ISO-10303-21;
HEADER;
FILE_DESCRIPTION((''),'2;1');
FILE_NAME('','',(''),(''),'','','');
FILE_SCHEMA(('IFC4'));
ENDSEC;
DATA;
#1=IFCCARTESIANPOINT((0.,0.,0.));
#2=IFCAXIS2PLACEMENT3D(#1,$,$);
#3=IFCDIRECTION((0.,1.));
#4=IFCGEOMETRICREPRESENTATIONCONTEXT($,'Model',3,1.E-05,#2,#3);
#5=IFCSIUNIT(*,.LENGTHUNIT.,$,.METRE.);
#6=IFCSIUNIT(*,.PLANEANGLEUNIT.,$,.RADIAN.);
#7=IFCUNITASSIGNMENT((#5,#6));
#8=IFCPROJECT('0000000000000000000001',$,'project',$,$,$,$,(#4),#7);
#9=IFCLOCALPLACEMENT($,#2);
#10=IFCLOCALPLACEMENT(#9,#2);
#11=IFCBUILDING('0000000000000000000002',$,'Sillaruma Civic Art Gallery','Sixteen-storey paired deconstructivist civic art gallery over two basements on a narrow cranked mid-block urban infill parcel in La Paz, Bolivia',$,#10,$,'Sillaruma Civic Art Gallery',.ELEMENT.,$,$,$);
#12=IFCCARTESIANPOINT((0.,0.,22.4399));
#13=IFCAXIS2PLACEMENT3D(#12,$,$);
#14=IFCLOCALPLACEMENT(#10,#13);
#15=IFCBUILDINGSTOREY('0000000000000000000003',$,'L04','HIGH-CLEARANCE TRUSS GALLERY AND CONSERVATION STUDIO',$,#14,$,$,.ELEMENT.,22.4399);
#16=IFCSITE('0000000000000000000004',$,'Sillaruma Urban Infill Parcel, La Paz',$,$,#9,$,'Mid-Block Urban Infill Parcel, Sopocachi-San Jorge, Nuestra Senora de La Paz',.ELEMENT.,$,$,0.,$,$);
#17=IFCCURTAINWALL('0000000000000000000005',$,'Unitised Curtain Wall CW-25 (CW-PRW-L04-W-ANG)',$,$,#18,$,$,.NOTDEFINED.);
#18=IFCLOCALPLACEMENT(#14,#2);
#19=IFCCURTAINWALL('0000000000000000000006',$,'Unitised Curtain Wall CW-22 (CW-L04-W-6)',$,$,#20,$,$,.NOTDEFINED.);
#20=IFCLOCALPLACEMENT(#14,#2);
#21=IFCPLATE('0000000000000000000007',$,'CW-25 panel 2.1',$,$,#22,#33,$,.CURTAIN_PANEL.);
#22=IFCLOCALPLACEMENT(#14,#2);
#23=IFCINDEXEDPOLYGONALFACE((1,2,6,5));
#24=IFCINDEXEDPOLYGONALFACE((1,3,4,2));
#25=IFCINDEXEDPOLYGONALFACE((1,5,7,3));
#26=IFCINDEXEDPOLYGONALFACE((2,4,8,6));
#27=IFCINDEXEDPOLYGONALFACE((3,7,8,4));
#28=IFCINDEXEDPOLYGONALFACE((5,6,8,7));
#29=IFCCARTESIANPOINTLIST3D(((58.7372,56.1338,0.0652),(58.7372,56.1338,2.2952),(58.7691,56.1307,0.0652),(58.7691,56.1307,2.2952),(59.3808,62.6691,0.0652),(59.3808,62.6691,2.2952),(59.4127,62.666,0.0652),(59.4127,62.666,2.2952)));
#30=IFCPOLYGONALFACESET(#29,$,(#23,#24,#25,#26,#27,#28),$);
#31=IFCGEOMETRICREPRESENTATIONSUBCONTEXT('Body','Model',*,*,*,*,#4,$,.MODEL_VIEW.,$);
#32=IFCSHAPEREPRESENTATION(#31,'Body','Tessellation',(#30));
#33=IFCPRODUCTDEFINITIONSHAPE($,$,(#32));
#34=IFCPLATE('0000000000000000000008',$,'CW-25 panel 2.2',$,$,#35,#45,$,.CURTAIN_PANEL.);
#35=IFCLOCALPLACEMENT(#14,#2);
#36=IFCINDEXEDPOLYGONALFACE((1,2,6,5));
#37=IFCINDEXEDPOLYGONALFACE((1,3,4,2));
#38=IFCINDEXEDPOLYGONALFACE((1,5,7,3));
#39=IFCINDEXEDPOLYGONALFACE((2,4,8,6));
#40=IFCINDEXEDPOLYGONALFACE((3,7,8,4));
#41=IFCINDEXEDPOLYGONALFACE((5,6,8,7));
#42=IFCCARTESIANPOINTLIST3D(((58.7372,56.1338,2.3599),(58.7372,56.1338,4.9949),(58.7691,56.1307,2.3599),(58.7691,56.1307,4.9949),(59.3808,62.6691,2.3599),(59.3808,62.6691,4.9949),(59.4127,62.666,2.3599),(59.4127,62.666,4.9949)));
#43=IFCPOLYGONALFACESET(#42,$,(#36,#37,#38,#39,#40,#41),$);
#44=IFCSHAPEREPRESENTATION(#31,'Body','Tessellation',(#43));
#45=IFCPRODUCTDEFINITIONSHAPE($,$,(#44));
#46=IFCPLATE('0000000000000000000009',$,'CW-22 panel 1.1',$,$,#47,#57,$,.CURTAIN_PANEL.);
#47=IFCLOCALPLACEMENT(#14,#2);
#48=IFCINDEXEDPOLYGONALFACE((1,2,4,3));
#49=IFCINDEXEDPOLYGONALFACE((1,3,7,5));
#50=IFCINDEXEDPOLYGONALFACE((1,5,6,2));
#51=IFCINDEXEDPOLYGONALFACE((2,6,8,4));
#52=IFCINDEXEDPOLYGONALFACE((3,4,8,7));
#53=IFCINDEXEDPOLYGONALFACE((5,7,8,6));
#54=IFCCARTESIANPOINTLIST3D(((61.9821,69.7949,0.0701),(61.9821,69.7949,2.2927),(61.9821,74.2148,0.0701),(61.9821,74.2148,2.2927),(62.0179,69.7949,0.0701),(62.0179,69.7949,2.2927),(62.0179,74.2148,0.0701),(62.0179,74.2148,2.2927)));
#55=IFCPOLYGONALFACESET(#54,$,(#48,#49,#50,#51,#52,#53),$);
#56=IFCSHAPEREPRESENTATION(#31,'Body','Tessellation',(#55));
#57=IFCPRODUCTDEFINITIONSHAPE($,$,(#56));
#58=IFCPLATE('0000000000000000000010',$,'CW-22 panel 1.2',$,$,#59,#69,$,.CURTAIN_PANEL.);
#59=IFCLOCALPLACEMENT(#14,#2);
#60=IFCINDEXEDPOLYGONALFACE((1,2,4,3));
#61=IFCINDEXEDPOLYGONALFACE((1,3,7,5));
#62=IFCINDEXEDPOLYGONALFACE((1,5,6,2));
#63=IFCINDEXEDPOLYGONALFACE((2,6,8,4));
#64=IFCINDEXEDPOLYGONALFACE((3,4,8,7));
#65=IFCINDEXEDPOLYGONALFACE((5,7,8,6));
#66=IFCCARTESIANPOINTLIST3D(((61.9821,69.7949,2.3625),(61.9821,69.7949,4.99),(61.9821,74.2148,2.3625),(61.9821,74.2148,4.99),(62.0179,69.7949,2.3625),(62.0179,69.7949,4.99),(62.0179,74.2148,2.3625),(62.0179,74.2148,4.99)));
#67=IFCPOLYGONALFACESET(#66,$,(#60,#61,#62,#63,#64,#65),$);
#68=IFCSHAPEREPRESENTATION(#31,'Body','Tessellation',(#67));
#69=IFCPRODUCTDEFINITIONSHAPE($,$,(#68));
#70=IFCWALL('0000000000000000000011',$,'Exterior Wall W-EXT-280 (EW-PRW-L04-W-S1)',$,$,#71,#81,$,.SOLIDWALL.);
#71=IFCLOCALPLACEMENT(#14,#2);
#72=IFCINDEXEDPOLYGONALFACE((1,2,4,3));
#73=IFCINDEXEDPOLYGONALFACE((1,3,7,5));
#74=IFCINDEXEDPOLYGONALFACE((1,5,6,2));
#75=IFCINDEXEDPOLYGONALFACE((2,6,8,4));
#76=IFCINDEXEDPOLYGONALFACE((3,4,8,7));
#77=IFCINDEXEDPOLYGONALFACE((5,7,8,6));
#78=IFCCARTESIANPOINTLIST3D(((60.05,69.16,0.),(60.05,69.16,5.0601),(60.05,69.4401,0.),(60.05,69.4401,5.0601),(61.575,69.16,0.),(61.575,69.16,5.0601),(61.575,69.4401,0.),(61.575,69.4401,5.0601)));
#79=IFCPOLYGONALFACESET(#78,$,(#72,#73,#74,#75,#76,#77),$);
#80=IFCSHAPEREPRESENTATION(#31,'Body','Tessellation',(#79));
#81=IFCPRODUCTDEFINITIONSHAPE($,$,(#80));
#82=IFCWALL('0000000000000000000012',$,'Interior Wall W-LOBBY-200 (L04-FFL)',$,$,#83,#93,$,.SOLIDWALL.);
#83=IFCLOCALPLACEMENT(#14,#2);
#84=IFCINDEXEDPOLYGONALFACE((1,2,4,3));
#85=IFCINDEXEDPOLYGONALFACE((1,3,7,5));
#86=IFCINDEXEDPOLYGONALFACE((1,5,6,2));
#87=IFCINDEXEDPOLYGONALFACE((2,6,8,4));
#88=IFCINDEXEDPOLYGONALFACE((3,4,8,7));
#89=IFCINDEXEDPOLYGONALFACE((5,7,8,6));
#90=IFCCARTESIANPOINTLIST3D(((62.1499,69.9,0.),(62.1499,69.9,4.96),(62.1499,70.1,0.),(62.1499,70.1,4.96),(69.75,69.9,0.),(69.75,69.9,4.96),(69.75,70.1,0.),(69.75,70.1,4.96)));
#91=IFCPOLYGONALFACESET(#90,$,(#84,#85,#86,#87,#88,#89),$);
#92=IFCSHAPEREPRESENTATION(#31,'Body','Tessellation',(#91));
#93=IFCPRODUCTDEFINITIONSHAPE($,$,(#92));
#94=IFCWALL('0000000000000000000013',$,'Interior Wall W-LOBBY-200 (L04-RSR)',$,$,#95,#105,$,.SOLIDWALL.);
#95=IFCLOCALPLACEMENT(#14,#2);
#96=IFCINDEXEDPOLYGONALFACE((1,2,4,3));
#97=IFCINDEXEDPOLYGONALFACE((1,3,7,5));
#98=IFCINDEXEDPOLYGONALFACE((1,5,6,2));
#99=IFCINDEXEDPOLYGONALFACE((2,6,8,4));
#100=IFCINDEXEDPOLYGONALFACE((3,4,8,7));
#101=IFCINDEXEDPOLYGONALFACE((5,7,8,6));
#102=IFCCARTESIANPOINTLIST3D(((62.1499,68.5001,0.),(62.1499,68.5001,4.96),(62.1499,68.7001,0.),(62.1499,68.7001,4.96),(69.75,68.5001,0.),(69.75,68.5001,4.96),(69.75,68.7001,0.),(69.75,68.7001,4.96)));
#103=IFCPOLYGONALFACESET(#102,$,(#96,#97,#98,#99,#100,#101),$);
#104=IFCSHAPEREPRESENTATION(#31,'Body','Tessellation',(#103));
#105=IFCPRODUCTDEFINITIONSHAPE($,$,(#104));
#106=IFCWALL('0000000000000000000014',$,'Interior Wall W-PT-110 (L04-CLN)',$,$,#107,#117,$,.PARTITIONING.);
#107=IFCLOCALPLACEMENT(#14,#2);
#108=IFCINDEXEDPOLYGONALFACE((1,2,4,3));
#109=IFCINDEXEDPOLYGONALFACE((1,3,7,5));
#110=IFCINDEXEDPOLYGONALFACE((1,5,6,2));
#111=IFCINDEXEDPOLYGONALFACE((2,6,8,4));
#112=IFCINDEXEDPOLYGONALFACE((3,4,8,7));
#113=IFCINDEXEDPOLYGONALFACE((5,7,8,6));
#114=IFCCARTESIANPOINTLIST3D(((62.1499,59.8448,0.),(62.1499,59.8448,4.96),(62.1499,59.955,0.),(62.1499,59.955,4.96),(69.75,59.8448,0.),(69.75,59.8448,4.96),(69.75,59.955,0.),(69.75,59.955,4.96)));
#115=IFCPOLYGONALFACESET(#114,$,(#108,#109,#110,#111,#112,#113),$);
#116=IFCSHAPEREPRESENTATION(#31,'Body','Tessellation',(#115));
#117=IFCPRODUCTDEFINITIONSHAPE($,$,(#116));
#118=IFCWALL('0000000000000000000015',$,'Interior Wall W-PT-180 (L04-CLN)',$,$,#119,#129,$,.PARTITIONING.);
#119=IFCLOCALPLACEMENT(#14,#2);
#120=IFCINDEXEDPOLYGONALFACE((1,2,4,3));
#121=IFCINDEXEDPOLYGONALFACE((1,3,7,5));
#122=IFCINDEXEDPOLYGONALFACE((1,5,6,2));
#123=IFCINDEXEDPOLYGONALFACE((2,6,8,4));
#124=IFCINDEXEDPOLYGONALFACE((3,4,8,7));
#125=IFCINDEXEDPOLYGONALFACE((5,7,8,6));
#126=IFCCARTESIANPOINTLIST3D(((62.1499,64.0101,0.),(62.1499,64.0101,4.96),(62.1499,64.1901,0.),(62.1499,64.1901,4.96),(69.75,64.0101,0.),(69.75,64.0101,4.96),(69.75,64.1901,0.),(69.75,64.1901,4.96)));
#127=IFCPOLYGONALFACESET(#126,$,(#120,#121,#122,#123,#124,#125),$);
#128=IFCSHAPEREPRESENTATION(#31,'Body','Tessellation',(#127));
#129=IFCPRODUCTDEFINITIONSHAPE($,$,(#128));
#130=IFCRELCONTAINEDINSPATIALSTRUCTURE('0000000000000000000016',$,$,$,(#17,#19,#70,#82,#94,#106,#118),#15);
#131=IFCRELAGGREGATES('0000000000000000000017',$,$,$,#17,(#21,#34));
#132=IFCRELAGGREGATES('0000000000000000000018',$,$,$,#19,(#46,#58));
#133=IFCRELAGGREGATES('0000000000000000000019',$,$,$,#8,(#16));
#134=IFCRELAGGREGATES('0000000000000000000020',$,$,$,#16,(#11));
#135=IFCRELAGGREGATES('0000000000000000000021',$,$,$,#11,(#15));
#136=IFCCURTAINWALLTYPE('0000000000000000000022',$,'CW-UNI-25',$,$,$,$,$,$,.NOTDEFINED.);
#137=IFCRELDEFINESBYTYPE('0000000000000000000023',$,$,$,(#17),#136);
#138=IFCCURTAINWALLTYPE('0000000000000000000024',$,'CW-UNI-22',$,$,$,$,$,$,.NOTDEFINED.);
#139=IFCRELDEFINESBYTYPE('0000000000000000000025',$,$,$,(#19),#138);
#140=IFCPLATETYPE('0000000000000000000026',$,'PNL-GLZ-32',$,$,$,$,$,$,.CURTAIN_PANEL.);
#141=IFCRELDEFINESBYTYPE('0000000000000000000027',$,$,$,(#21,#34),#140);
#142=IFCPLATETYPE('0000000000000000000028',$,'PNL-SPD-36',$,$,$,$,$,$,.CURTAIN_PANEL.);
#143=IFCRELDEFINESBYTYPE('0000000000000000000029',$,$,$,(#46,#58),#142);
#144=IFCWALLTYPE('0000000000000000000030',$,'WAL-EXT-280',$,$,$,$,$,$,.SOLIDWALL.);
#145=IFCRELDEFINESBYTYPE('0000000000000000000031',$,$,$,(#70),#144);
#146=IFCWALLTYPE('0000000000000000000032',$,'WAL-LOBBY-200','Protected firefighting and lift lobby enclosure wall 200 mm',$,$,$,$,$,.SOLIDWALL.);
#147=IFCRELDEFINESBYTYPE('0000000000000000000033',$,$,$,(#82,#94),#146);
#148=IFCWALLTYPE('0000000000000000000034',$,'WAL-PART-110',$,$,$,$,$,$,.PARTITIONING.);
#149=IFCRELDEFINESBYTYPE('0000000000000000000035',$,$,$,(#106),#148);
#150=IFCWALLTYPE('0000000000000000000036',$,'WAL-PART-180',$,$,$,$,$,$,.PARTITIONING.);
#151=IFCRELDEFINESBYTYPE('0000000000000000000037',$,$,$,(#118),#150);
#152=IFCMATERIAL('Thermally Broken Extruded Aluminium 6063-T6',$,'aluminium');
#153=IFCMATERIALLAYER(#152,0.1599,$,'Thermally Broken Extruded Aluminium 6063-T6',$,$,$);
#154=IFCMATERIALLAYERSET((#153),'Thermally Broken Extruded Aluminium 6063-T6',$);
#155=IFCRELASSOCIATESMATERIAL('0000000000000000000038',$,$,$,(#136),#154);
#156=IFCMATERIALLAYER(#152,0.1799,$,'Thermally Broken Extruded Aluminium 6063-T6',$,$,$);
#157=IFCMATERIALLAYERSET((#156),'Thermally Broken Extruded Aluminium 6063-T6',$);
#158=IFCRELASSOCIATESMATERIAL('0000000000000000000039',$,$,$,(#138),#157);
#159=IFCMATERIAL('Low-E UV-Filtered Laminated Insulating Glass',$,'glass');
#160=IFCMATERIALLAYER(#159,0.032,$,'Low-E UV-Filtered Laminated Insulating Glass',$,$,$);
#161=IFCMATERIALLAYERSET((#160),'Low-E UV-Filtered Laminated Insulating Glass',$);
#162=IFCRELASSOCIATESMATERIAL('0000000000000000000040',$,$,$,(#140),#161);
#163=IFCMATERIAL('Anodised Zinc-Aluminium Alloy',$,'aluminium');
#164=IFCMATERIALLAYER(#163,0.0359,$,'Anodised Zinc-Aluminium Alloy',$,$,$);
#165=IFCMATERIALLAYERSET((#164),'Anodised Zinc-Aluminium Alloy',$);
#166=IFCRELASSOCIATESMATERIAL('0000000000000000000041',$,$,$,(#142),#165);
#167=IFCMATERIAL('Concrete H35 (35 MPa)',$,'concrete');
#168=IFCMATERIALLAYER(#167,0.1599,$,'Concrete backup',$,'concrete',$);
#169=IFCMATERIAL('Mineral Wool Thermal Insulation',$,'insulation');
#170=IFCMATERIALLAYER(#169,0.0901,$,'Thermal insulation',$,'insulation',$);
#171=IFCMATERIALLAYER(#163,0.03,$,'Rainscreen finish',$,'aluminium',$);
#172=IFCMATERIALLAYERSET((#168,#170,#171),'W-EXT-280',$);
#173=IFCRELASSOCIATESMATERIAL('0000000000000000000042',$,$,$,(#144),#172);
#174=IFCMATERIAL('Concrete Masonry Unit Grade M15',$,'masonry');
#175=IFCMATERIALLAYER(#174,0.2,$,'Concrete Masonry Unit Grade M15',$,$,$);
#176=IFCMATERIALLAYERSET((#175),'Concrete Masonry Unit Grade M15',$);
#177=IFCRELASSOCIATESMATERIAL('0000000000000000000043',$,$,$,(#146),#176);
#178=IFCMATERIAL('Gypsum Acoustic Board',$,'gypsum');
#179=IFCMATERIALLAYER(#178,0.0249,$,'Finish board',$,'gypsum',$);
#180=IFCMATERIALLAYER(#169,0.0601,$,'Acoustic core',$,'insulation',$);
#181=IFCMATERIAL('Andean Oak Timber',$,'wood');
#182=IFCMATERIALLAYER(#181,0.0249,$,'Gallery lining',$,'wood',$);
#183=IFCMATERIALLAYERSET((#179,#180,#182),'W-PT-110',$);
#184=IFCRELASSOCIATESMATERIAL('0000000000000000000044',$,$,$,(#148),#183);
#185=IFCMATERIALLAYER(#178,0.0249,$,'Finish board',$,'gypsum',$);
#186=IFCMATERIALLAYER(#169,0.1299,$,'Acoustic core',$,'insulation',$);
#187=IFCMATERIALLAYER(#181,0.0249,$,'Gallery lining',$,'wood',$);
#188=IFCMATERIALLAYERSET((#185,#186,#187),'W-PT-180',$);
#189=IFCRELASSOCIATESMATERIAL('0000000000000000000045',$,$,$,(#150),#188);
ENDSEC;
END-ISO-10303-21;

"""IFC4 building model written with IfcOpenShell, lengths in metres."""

from ifc_helpers import new_model, si_unit, direction, frame, frame_2d, origin, origin_2d, place, context, subcontext, project, spatial, rectangle, extrude, material, layer, layer_set, type_object, element, aggregate, save


model = new_model("IFC4")

# Units and contexts
model_context = context("Model", 3, precision=1e-05, world=origin(), true_north=direction((0.0, 1.0)))
body_context = subcontext(model_context, "Body", "Model", "MODEL_VIEW")
ifc_project = project(units=[si_unit("LENGTHUNIT", "METRE"), si_unit("PLANEANGLEUNIT", "RADIAN")], contexts=[model_context])

# Site, building, storey
site_placement = place(None, origin())
site = spatial("IfcSite", under=ifc_project, at=site_placement, Name="Sillaruma Urban Infill Parcel, La Paz", LongName="Mid-Block Urban Infill Parcel, Sopocachi-San Jorge, Nuestra Senora de La Paz", CompositionType="ELEMENT", RefElevation=0.0)
building_placement = place(site_placement, origin())
building = spatial("IfcBuilding", under=site, at=building_placement, Name="Sillaruma Civic Art Gallery", Description="Sixteen-storey paired deconstructivist civic art gallery over two basements on a narrow cranked mid-block urban infill parcel in La Paz, Bolivia", LongName="Sillaruma Civic Art Gallery", CompositionType="ELEMENT")
storey_placement = place(building_placement, frame((0.0, 0.0, 22.4399)))
storey = spatial("IfcBuildingStorey", under=building, at=storey_placement, Name="L04", Description="HIGH-CLEARANCE TRUSS GALLERY AND CONSERVATION STUDIO", CompositionType="ELEMENT", Elevation=22.4399)

# Shared definitions
ifc_material_1 = material(Name="Concrete H35 (35 MPa)", Category="concrete")

# Curtain walls
ifc_material_2 = material(Name="Thermally Broken Extruded Aluminium 6063-T6", Category="aluminium")
ifc_layer_1 = layer(ifc_material_2, 0.1599, Name="Thermally Broken Extruded Aluminium 6063-T6")
ifc_layer_set_1 = layer_set([ifc_layer_1], Name="Thermally Broken Extruded Aluminium 6063-T6")
curtain_wall_type_1 = type_object("IfcCurtainWallType", Name="CW-UNI-25", PredefinedType="NOTDEFINED", material=ifc_layer_set_1)
curtain_wall_1_placement = place(storey_placement, origin())
curtain_wall_1 = element("IfcCurtainWall", 1, at=curtain_wall_1_placement, inside=storey, type_object=curtain_wall_type_1, Name="Unitised Curtain Wall CW-25 (CW-PRW-L04-W-ANG)", PredefinedType="NOTDEFINED")
ifc_layer_2 = layer(ifc_material_2, 0.1799, Name="Thermally Broken Extruded Aluminium 6063-T6")
ifc_layer_set_2 = layer_set([ifc_layer_2], Name="Thermally Broken Extruded Aluminium 6063-T6")
curtain_wall_type_2 = type_object("IfcCurtainWallType", Name="CW-UNI-22", PredefinedType="NOTDEFINED", material=ifc_layer_set_2)
curtain_wall_2_placement = place(storey_placement, origin())
curtain_wall_2 = element("IfcCurtainWall", 2, at=curtain_wall_2_placement, inside=storey, type_object=curtain_wall_type_2, Name="Unitised Curtain Wall CW-22 (CW-L04-W-6)", PredefinedType="NOTDEFINED")

# Shared definitions
ifc_material_3 = material(Name="Anodised Zinc-Aluminium Alloy", Category="aluminium")

# Plates
ifc_material_4 = material(Name="Low-E UV-Filtered Laminated Insulating Glass", Category="glass")
ifc_layer_3 = layer(ifc_material_4, 0.032, Name="Low-E UV-Filtered Laminated Insulating Glass")
ifc_layer_set_3 = layer_set([ifc_layer_3], Name="Low-E UV-Filtered Laminated Insulating Glass")
plate_type_1 = type_object("IfcPlateType", Name="PNL-GLZ-32", PredefinedType="CURTAIN_PANEL", material=ifc_layer_set_3)
plate_1_placement = place(storey_placement, frame((59.075, 59.3999, 0.0652), z_axis=(0.0, 0.0, 1.0), x_axis=(-0.098011, -0.995185, 0.0)))
plate_1 = element("IfcPlate", 3, at=plate_1_placement, type_object=plate_type_1, Name="CW-25 panel 2.1", PredefinedType="CURTAIN_PANEL", context=body_context, shape_type="SweptSolid", body=[
    extrude(rectangle(XDim=6.5669, YDim=0.032, at=origin_2d()), origin(), (0.0, 0.0, 1.0), 2.23),
])
plate_2_placement = place(storey_placement, frame((59.075, 59.3999, 2.3599), z_axis=(0.0, 0.0, 1.0), x_axis=(-0.098011, -0.995185, 0.0)))
plate_2 = element("IfcPlate", 4, at=plate_2_placement, type_object=plate_type_1, Name="CW-25 panel 2.2", PredefinedType="CURTAIN_PANEL", context=body_context, shape_type="SweptSolid", body=[
    extrude(rectangle(XDim=6.5669, YDim=0.032, at=origin_2d()), origin(), (0.0, 0.0, 1.0), 2.635),
])
aggregate(curtain_wall_1, [plate_1, plate_2])
ifc_layer_4 = layer(ifc_material_3, 0.0359, Name="Anodised Zinc-Aluminium Alloy")
ifc_layer_set_4 = layer_set([ifc_layer_4], Name="Anodised Zinc-Aluminium Alloy")
plate_type_2 = type_object("IfcPlateType", Name="PNL-SPD-36", PredefinedType="CURTAIN_PANEL", material=ifc_layer_set_4)
plate_3_placement = place(storey_placement, frame((62.0, 72.0049, 0.0701), z_axis=(0.0, 0.0, 1.0), x_axis=(0.0, 1.0, 0.0)))
plate_3 = element("IfcPlate", 5, at=plate_3_placement, type_object=plate_type_2, Name="CW-22 panel 1.1", PredefinedType="CURTAIN_PANEL", context=body_context, shape_type="SweptSolid", body=[
    extrude(rectangle(XDim=4.4199, YDim=0.0359, at=origin_2d()), origin(), (0.0, 0.0, 1.0), 2.2227),
])
plate_4_placement = place(storey_placement, frame((62.0, 72.0049, 2.3625), z_axis=(0.0, 0.0, 1.0), x_axis=(0.0, 1.0, 0.0)))
plate_4 = element("IfcPlate", 6, at=plate_4_placement, type_object=plate_type_2, Name="CW-22 panel 1.2", PredefinedType="CURTAIN_PANEL", context=body_context, shape_type="SweptSolid", body=[
    extrude(rectangle(XDim=4.4199, YDim=0.0359, at=origin_2d()), origin(), (0.0, 0.0, 1.0), 2.6274),
])
aggregate(curtain_wall_2, [plate_3, plate_4])

# Walls
ifc_layer_5 = layer(ifc_material_1, 0.1599, Name="Concrete backup", Category="concrete")
ifc_material_5 = material(Name="Mineral Wool Thermal Insulation", Category="insulation")
ifc_layer_6 = layer(ifc_material_5, 0.0901, Name="Thermal insulation", Category="insulation")
ifc_layer_7 = layer(ifc_material_3, 0.03, Name="Rainscreen finish", Category="aluminium")
ifc_layer_set_5 = layer_set([ifc_layer_5, ifc_layer_6, ifc_layer_7], Name="W-EXT-280")
wall_type_1 = type_object("IfcWallType", Name="WAL-EXT-280", PredefinedType="SOLIDWALL", material=ifc_layer_set_5)
wall_1_placement = place(storey_placement, frame((61.575, 69.3, 0.0), z_axis=(0.0, 0.0, 1.0), x_axis=(-1.0, 0.0, 0.0)))
element("IfcWall", 7, at=wall_1_placement, inside=storey, type_object=wall_type_1, Name="Exterior Wall W-EXT-280 (EW-PRW-L04-W-S1)", PredefinedType="SOLIDWALL", context=body_context, shape_type="SweptSolid", body=[
    extrude(rectangle(XDim=1.5249, YDim=0.28, at=frame_2d((0.7625, 0.0))), origin(), (0.0, 0.0, 1.0), 5.0601),
])
ifc_material_6 = material(Name="Concrete Masonry Unit Grade M15", Category="masonry")
ifc_layer_8 = layer(ifc_material_6, 0.2, Name="Concrete Masonry Unit Grade M15")
ifc_layer_set_6 = layer_set([ifc_layer_8], Name="Concrete Masonry Unit Grade M15")
wall_type_2 = type_object("IfcWallType", Name="WAL-LOBBY-200", Description="Protected firefighting and lift lobby enclosure wall 200 mm", PredefinedType="SOLIDWALL", material=ifc_layer_set_6)
for number, where, z_axis, x_axis, name in (
    (8, (62.1499, 70.0, 0.0), (0.0, 0.0, 1.0), (1.0, 0.0, 0.0), "Interior Wall W-LOBBY-200 (L04-FFL)"),
    (9, (62.1499, 68.6001, 0.0), (0.0, 0.0, 1.0), (1.0, 0.0, 0.0), "Interior Wall W-LOBBY-200 (L04-RSR)"),
):
    element("IfcWall", number, at=place(storey_placement, frame(where, z_axis=z_axis, x_axis=x_axis)), inside=storey, type_object=wall_type_2, Name=name, PredefinedType="SOLIDWALL", context=body_context, shape_type="SweptSolid", body=[
        extrude(rectangle(XDim=7.6001, YDim=0.2, at=frame_2d((3.8, 0.0))), origin(), (0.0, 0.0, 1.0), 4.96),
    ])
ifc_material_7 = material(Name="Gypsum Acoustic Board", Category="gypsum")
ifc_layer_9 = layer(ifc_material_7, 0.0249, Name="Finish board", Category="gypsum")
ifc_layer_10 = layer(ifc_material_5, 0.0601, Name="Acoustic core", Category="insulation")
ifc_material_8 = material(Name="Andean Oak Timber", Category="wood")
ifc_layer_11 = layer(ifc_material_8, 0.0249, Name="Gallery lining", Category="wood")
ifc_layer_set_7 = layer_set([ifc_layer_9, ifc_layer_10, ifc_layer_11], Name="W-PT-110")
wall_type_3 = type_object("IfcWallType", Name="WAL-PART-110", PredefinedType="PARTITIONING", material=ifc_layer_set_7)
wall_2_placement = place(storey_placement, frame((62.1499, 59.8999, 0.0), z_axis=(0.0, 0.0, 1.0), x_axis=(1.0, 0.0, 0.0)))
element("IfcWall", 10, at=wall_2_placement, inside=storey, type_object=wall_type_3, Name="Interior Wall W-PT-110 (L04-CLN)", PredefinedType="PARTITIONING", context=body_context, shape_type="SweptSolid", body=[
    extrude(rectangle(XDim=7.6001, YDim=0.1101, at=frame_2d((3.8, 0.0))), origin(), (0.0, 0.0, 1.0), 4.96),
])
ifc_layer_12 = layer(ifc_material_7, 0.0249, Name="Finish board", Category="gypsum")
ifc_layer_13 = layer(ifc_material_5, 0.1299, Name="Acoustic core", Category="insulation")
ifc_layer_14 = layer(ifc_material_8, 0.0249, Name="Gallery lining", Category="wood")
ifc_layer_set_8 = layer_set([ifc_layer_12, ifc_layer_13, ifc_layer_14], Name="W-PT-180")
wall_type_4 = type_object("IfcWallType", Name="WAL-PART-180", PredefinedType="PARTITIONING", material=ifc_layer_set_8)
wall_3_placement = place(storey_placement, frame((62.1499, 64.1001, 0.0), z_axis=(0.0, 0.0, 1.0), x_axis=(1.0, 0.0, 0.0)))
element("IfcWall", 11, at=wall_3_placement, inside=storey, type_object=wall_type_4, Name="Interior Wall W-PT-180 (L04-CLN)", PredefinedType="PARTITIONING", context=body_context, shape_type="SweptSolid", body=[
    extrude(rectangle(XDim=7.6001, YDim=0.1799, at=frame_2d((3.8, 0.0))), origin(), (0.0, 0.0, 1.0), 4.96),
])

save(model, "model.ifc")
